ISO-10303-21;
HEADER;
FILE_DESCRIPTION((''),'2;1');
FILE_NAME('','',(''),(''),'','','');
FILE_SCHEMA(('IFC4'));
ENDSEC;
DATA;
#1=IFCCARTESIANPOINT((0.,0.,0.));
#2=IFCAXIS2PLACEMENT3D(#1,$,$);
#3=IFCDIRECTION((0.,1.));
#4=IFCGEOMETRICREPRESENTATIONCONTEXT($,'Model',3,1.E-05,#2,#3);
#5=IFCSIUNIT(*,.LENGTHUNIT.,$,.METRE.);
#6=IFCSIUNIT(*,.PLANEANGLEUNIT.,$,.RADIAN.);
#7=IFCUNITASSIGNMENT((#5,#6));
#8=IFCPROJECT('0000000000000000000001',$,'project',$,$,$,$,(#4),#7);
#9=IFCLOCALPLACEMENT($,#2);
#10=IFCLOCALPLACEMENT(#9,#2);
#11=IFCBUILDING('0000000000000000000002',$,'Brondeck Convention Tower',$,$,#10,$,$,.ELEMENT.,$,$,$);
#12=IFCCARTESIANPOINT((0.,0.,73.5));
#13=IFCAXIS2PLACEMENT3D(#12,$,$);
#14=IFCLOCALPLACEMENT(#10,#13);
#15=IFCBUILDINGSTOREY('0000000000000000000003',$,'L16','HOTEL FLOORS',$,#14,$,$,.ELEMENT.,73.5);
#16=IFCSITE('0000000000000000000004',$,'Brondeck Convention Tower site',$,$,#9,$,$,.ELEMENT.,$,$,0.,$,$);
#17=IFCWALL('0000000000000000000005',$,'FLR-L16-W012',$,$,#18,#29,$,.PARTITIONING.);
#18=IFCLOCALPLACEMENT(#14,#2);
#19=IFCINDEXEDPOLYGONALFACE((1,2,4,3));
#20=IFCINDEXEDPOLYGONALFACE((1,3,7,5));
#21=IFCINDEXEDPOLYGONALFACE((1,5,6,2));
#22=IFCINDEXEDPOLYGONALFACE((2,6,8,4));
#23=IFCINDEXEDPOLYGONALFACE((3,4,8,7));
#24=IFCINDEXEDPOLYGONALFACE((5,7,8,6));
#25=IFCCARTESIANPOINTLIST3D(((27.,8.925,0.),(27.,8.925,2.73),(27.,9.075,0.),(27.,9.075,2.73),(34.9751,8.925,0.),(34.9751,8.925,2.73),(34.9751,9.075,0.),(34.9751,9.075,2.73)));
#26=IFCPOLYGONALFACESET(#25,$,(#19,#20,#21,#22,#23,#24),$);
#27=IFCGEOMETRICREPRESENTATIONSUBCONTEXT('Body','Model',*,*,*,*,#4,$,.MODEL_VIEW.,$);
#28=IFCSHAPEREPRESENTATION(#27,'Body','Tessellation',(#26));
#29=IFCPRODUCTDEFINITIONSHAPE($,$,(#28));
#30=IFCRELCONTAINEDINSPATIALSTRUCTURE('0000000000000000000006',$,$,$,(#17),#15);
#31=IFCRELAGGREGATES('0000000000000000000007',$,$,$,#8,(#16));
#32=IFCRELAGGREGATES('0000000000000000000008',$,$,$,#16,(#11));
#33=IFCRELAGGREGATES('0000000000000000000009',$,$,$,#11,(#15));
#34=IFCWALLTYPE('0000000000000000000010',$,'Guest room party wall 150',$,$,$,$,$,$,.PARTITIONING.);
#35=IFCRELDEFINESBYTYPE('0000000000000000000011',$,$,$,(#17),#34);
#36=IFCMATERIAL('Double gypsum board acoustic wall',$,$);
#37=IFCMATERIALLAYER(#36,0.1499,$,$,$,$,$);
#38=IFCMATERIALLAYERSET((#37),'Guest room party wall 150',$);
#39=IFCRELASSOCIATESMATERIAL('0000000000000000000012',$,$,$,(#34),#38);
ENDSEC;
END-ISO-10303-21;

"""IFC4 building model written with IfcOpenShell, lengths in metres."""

from ifc_helpers import new_model, si_unit, direction, frame, frame_2d, origin, place, context, subcontext, project, spatial, rectangle, extrude, material, layer, layer_set, type_object, element, save


model = new_model("IFC4")

# Units and contexts
model_context = context("Model", 3, precision=1e-05, world=origin(), true_north=direction((0.0, 1.0)))
body_context = subcontext(model_context, "Body", "Model", "MODEL_VIEW")
ifc_project = project(units=[si_unit("LENGTHUNIT", "METRE"), si_unit("PLANEANGLEUNIT", "RADIAN")], contexts=[model_context])

# Site, building, storey
site_placement = place(None, origin())
site = spatial("IfcSite", under=ifc_project, at=site_placement, Name="Brondeck Convention Tower site", CompositionType="ELEMENT", RefElevation=0.0)
building_placement = place(site_placement, origin())
building = spatial("IfcBuilding", under=site, at=building_placement, Name="Brondeck Convention Tower", CompositionType="ELEMENT")
storey_placement = place(building_placement, frame((0.0, 0.0, 73.5)))
storey = spatial("IfcBuildingStorey", under=building, at=storey_placement, Name="L16", Description="HOTEL FLOORS", CompositionType="ELEMENT", Elevation=73.5)

# Wall
ifc_material_1 = material(Name="Double gypsum board acoustic wall")
ifc_layer_1 = layer(ifc_material_1, 0.1499)
ifc_layer_set_1 = layer_set([ifc_layer_1], Name="Guest room party wall 150")
wall_type_1 = type_object("IfcWallType", Name="Guest room party wall 150", PredefinedType="PARTITIONING", material=ifc_layer_set_1)
wall_1_placement = place(storey_placement, frame((34.9751, 9.0, 0.0), z_axis=(0.0, 0.0, 1.0), x_axis=(-1.0, 0.0, 0.0)))
element("IfcWall", 1, at=wall_1_placement, inside=storey, type_object=wall_type_1, Name="FLR-L16-W012", PredefinedType="PARTITIONING", context=body_context, shape_type="SweptSolid", body=[
    extrude(rectangle(XDim=7.9751, YDim=0.1499, at=frame_2d((3.9875, 0.0))), origin(), (0.0, 0.0, 1.0), 2.73),
])

save(model, "model.ifc")
